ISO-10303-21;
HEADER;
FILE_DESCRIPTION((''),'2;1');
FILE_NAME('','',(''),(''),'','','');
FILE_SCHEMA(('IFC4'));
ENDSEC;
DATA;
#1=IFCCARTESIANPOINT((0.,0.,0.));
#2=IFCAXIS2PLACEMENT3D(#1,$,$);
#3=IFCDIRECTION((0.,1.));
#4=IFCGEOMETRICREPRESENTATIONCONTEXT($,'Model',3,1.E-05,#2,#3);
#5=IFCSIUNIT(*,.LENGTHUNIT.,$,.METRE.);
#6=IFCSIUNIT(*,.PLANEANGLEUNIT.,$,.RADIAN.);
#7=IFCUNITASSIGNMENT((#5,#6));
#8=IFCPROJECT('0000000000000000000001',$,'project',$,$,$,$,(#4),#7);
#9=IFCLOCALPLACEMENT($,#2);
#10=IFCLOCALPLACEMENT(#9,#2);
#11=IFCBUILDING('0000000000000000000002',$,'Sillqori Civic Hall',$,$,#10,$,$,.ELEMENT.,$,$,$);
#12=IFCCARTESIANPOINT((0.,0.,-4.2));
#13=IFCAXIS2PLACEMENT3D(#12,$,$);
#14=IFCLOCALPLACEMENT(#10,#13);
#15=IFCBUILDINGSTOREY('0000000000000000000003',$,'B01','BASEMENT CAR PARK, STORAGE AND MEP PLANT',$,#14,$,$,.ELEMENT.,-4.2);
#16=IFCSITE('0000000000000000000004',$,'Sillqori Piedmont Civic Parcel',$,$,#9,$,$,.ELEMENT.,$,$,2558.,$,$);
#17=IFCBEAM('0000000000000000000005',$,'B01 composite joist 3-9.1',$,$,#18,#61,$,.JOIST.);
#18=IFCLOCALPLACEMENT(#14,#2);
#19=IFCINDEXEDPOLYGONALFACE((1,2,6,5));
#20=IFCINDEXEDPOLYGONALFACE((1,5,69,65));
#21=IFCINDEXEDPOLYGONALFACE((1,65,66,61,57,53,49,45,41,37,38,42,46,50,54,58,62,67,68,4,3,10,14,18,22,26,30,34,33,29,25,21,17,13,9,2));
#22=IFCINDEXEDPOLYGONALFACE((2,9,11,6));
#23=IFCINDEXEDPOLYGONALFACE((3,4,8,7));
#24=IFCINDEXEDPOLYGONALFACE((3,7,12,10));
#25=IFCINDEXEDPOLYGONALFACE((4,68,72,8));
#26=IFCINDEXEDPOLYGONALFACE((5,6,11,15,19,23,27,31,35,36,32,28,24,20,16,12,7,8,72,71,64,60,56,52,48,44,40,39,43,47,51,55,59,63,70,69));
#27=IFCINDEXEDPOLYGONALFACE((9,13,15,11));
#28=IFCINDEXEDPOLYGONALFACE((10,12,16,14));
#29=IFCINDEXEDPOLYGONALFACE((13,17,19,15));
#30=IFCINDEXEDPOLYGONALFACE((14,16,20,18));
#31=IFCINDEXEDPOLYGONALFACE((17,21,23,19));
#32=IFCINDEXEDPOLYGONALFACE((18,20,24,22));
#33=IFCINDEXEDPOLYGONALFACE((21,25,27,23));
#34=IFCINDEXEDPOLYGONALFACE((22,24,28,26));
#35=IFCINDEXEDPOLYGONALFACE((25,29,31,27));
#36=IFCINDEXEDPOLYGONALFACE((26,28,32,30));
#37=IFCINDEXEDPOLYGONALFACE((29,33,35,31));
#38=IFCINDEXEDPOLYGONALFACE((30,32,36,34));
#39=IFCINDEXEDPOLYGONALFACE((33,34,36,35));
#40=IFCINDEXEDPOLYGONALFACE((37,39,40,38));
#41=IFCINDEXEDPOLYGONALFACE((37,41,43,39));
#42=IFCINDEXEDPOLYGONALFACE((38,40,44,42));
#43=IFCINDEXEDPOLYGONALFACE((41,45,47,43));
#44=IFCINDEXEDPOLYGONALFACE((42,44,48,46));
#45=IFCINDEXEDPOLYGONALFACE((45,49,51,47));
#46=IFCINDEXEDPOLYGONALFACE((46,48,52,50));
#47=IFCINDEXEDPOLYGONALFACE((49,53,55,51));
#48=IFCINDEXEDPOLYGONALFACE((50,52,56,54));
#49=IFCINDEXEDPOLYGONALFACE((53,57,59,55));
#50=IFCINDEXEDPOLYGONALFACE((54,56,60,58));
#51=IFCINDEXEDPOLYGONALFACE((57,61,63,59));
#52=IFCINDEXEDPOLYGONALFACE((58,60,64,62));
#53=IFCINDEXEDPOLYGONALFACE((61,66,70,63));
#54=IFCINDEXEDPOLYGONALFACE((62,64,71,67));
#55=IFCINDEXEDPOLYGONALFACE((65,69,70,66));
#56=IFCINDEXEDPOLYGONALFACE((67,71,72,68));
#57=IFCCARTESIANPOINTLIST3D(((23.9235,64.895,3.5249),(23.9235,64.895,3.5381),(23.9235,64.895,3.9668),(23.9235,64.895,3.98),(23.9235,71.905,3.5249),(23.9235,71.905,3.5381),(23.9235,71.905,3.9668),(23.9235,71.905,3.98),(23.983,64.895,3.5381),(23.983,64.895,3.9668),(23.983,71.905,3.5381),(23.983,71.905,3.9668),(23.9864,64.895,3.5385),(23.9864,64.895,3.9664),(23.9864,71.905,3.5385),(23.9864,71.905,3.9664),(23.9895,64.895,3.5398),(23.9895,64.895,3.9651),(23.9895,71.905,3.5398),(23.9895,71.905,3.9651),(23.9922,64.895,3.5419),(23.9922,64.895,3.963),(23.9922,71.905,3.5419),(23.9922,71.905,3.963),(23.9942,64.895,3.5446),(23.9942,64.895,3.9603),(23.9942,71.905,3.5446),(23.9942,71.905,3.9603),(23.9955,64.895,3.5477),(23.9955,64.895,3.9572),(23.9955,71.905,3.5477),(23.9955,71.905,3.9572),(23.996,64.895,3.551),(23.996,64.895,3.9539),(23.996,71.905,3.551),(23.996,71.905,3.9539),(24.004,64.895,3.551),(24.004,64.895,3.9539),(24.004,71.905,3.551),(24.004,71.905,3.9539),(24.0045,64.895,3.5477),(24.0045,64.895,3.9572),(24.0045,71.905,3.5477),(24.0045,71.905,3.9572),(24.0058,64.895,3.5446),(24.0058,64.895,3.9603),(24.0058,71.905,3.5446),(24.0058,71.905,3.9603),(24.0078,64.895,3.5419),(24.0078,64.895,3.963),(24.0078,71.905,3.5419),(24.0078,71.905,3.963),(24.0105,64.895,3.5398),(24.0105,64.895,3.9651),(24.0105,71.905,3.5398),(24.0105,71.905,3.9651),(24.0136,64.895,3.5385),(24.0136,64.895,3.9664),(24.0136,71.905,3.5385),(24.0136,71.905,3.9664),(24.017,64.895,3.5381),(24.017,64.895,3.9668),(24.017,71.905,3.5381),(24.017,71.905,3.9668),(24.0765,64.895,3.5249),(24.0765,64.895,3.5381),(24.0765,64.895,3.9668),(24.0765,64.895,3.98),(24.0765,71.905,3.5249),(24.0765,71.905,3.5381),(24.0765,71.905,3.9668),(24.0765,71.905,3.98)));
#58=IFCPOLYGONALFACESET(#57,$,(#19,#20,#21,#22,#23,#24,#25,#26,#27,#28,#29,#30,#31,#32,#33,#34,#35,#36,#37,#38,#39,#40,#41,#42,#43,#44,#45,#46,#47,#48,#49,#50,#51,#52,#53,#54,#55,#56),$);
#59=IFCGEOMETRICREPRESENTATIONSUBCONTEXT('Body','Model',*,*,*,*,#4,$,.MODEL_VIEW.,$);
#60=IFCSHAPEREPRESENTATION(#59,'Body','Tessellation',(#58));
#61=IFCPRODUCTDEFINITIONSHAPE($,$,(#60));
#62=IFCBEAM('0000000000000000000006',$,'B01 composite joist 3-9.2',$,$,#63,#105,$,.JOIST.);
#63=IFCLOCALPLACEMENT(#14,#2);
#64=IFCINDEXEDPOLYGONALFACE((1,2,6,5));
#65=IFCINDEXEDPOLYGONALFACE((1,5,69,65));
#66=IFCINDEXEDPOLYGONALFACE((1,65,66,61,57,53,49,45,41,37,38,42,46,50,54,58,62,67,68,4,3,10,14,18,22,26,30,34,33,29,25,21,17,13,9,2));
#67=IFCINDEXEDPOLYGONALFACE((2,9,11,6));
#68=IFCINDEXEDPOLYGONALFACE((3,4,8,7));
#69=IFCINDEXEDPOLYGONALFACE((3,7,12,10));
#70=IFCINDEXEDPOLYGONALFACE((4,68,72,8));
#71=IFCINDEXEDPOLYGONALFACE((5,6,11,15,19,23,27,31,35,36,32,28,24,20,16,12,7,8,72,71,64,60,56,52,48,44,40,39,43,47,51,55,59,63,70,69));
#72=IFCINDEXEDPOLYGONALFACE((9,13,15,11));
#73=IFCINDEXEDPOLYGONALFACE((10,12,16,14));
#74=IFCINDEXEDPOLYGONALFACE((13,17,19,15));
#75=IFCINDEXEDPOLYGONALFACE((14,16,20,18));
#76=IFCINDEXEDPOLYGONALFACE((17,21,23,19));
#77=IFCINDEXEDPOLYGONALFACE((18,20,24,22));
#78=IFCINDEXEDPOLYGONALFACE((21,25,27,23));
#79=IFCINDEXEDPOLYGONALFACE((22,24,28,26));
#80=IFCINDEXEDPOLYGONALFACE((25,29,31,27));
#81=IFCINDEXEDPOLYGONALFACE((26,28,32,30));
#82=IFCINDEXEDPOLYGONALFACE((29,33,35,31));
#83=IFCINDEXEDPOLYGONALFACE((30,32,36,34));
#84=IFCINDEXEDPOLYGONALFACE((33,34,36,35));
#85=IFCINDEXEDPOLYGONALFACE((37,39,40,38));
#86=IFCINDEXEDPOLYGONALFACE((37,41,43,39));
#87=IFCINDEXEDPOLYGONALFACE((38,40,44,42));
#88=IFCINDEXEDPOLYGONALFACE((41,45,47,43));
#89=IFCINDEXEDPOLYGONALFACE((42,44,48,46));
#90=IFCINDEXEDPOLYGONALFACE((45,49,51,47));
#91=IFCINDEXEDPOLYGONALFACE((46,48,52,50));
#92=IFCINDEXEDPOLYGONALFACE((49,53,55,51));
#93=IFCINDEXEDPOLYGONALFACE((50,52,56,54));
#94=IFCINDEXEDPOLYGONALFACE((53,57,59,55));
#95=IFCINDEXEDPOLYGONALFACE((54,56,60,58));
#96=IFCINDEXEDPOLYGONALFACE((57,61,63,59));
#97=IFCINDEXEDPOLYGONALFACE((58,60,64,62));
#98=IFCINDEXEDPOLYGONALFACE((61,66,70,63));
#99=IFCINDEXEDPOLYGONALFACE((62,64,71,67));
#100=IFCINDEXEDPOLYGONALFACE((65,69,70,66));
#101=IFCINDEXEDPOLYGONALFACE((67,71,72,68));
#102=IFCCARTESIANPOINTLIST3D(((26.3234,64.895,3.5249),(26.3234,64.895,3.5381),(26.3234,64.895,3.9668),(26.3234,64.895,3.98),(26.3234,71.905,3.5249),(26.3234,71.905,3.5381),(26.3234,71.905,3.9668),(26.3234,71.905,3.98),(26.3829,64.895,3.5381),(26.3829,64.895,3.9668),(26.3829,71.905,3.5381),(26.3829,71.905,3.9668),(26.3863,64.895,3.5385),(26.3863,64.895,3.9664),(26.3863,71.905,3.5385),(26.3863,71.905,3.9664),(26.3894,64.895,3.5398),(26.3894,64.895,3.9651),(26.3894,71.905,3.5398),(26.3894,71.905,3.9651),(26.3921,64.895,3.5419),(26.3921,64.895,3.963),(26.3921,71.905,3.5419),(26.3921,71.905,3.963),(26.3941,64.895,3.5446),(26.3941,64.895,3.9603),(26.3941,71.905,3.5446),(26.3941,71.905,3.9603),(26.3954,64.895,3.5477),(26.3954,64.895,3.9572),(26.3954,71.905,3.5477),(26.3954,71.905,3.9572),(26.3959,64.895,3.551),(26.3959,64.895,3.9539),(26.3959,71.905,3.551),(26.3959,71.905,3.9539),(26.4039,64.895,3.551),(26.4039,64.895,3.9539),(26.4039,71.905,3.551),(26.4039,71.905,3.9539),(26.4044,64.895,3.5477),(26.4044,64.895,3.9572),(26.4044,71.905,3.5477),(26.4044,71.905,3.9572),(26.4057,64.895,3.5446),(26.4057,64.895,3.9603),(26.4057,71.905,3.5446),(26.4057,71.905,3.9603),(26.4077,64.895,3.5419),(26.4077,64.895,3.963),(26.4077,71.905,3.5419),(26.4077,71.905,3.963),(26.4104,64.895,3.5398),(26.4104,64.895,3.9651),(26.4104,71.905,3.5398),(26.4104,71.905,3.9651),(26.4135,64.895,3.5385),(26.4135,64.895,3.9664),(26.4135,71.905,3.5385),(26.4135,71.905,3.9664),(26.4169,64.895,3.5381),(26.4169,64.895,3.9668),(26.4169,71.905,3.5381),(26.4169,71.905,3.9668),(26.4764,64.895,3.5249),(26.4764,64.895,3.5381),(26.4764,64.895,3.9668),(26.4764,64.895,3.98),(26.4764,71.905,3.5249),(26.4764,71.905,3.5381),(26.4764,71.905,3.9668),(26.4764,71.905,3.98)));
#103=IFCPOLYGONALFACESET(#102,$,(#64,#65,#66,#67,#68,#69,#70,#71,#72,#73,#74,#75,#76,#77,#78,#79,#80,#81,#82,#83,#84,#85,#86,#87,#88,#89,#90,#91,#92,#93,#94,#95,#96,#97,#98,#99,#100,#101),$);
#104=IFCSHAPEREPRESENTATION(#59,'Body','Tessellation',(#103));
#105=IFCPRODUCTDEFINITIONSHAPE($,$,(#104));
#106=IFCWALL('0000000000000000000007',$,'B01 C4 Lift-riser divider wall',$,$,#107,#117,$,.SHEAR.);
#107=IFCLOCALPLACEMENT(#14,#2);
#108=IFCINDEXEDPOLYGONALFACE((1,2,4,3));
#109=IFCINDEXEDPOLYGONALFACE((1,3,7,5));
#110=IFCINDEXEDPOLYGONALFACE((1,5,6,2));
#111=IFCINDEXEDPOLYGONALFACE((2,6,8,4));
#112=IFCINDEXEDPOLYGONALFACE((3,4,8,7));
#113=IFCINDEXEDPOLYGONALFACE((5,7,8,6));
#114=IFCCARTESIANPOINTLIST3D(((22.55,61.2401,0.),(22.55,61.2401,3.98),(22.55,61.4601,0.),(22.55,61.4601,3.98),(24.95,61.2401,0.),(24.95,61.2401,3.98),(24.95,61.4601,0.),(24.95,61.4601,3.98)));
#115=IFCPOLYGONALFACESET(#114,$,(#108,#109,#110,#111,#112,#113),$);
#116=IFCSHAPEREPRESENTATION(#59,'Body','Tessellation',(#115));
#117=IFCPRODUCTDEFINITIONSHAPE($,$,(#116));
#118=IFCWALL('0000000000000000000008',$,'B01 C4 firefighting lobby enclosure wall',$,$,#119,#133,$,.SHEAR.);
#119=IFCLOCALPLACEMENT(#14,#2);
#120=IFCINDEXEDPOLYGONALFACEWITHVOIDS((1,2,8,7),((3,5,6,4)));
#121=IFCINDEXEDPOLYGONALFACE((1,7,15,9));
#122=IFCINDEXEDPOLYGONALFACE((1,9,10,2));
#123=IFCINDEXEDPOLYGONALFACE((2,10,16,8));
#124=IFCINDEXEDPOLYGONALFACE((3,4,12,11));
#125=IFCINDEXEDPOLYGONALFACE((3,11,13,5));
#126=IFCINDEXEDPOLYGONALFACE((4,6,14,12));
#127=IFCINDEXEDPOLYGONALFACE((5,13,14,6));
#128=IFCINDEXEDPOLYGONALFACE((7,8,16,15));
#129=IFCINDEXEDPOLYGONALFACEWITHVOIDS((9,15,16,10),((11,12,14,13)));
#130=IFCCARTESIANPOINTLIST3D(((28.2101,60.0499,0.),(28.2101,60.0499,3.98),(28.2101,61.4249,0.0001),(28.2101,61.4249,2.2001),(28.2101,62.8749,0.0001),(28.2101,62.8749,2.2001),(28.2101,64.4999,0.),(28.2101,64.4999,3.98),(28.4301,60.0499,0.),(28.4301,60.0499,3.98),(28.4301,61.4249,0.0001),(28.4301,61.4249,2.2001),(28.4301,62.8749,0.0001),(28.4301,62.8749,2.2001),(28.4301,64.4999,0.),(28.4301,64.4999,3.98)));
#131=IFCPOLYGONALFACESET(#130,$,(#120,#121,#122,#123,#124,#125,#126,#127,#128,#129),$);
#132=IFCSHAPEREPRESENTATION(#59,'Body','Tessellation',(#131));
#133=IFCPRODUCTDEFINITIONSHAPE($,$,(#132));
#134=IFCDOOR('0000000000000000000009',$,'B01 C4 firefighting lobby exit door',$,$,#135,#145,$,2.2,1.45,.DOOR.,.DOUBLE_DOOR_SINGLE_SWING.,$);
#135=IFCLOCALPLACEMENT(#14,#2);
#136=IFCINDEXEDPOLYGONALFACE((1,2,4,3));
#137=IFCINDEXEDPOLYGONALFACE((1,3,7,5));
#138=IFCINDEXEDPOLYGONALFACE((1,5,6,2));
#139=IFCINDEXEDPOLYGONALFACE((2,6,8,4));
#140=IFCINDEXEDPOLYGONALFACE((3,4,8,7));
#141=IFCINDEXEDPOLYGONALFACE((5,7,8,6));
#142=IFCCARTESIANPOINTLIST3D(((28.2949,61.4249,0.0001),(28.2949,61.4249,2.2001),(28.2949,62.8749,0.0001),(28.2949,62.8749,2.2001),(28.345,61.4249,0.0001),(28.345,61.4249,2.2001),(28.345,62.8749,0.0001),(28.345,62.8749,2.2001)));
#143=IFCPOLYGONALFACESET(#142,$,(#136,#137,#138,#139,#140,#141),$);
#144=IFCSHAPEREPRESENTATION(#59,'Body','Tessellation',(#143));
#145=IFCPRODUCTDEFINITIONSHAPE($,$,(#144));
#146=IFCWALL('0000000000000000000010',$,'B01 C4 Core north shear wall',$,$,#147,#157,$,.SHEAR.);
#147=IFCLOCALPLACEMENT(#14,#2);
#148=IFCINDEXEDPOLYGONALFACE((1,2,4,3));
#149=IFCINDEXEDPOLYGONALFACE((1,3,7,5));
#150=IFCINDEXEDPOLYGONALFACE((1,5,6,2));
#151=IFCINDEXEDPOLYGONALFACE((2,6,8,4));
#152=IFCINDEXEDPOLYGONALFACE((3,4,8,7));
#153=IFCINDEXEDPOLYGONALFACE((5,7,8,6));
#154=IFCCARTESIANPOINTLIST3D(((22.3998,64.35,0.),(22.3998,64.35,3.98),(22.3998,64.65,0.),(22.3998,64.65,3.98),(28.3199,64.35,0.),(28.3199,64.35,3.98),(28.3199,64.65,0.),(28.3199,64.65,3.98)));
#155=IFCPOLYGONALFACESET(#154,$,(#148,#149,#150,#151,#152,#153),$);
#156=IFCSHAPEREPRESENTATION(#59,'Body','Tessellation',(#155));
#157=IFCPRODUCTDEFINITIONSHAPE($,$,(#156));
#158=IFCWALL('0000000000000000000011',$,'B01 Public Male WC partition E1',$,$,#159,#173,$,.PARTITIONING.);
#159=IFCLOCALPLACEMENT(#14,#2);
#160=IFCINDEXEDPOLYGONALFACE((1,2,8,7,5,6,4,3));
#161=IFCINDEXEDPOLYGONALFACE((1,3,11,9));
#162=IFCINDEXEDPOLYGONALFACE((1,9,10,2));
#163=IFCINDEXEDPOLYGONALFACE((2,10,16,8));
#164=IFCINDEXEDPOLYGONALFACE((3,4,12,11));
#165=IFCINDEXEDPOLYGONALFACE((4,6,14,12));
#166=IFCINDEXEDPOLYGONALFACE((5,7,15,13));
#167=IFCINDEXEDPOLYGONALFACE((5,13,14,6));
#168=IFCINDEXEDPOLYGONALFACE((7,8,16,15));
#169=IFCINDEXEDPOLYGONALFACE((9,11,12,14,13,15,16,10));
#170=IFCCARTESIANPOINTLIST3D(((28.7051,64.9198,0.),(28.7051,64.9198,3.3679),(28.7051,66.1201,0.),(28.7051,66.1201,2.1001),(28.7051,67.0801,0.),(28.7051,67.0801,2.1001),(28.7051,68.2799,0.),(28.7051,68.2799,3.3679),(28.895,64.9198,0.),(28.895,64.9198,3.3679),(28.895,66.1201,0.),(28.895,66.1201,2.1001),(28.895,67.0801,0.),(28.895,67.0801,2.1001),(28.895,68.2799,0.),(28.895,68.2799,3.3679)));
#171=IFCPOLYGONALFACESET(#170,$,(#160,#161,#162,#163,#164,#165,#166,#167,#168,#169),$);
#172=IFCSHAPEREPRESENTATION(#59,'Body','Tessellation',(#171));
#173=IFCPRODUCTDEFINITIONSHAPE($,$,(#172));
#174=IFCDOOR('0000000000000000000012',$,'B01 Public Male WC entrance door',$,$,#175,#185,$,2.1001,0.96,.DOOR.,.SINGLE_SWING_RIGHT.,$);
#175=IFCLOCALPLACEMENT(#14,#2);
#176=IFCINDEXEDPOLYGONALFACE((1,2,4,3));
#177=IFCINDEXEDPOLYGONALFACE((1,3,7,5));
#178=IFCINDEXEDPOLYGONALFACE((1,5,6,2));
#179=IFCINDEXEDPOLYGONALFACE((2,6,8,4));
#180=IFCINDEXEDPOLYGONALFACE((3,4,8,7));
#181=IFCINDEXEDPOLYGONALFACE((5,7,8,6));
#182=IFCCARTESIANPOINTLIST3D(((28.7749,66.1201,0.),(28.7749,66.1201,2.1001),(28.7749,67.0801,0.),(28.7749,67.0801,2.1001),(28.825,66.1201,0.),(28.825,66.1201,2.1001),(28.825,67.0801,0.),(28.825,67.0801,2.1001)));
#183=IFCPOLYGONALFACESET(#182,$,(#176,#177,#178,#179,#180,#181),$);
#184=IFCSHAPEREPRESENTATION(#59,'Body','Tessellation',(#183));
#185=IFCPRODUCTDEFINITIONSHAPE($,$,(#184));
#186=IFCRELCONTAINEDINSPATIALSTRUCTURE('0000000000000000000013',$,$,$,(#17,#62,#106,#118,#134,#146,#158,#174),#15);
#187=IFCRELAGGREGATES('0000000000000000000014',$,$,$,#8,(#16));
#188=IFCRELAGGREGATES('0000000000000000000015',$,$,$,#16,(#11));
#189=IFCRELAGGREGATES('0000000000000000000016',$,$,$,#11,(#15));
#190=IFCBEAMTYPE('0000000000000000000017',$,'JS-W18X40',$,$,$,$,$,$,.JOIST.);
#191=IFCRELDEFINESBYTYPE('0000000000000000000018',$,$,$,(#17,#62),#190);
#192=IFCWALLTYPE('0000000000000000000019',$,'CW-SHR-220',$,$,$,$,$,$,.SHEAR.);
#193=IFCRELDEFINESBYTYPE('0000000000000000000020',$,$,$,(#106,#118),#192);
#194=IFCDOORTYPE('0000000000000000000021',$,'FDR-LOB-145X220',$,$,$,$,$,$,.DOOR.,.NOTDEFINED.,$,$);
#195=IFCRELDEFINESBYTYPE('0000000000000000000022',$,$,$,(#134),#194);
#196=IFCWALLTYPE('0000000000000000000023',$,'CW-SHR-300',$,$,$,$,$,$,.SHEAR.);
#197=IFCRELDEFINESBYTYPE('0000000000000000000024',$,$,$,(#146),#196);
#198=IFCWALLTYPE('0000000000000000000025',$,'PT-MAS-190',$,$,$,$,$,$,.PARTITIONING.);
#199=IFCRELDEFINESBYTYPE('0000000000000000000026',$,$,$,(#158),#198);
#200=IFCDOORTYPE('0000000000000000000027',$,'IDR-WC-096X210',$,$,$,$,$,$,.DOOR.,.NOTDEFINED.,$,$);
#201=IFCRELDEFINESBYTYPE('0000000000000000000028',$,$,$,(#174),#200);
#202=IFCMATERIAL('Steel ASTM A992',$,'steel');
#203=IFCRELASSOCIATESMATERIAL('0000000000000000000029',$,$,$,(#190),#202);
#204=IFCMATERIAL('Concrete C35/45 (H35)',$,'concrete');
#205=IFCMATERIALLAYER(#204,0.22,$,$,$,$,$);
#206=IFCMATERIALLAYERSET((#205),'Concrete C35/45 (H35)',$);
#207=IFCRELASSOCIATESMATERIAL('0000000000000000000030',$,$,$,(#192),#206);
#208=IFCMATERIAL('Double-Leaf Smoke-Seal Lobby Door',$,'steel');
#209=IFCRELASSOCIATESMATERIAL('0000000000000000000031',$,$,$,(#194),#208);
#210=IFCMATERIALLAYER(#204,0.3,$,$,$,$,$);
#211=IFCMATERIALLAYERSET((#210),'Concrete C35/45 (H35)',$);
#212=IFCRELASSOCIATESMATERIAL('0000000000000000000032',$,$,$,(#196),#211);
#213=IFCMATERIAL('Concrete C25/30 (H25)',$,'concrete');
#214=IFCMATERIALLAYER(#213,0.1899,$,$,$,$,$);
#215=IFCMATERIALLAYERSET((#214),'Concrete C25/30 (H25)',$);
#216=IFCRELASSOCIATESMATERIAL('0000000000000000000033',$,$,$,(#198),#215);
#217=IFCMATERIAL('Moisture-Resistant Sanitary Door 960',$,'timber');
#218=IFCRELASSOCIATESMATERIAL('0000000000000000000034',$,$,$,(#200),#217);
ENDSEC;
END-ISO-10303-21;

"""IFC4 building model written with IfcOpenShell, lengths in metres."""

from ifc_helpers import new_model, si_unit, direction, frame, frame_2d, origin, origin_2d, place, context, subcontext, project, spatial, rectangle, i_section, extrude, material, layer, layer_set, material_profile, profile_set, type_object, element, fill, save


model = new_model("IFC4")

# Units and contexts
model_context = context("Model", 3, precision=1e-05, world=origin(), true_north=direction((0.0, 1.0)))
body_context = subcontext(model_context, "Body", "Model", "MODEL_VIEW")
ifc_project = project(units=[si_unit("LENGTHUNIT", "METRE"), si_unit("PLANEANGLEUNIT", "RADIAN")], contexts=[model_context])

# Site, building, storey
site_placement = place(None, origin())
site = spatial("IfcSite", under=ifc_project, at=site_placement, Name="Sillqori Piedmont Civic Parcel", CompositionType="ELEMENT", RefElevation=2558.0)
building_placement = place(site_placement, origin())
building = spatial("IfcBuilding", under=site, at=building_placement, Name="Sillqori Civic Hall", CompositionType="ELEMENT")
storey_placement = place(building_placement, frame((0.0, 0.0, -4.2)))
storey = spatial("IfcBuildingStorey", under=building, at=storey_placement, Name="B01", Description="BASEMENT CAR PARK, STORAGE AND MEP PLANT", CompositionType="ELEMENT", Elevation=-4.2)

# Shared definitions
ifc_material_1 = material(Name="Concrete C35/45 (H35)", Category="concrete")

# Shared definitions
ifc_material_2 = material(Name="Steel ASTM A992", Category="steel")

# Beams
ifc_material_profile_1 = material_profile(ifc_material_2, i_section(OverallWidth=0.1531, OverallDepth=0.4551, WebThickness=0.0081, FlangeThickness=0.0132, FilletRadius=0.0129, at=origin_2d()), Name="W18X40")
ifc_profile_set_1 = profile_set([ifc_material_profile_1], Name="Steel ASTM A992")
beam_type_1 = type_object("IfcBeamType", Name="JS-W18X40", PredefinedType="JOIST", material=ifc_profile_set_1)
for number, where, z_axis, x_axis, name in (
    (1, (24.0, 64.895, 3.7524), (0.0, 1.0, 0.0), (-1.0, 0.0, 0.0), "B01 composite joist 3-9.1"),
    (2, (26.3999, 64.895, 3.7524), (0.0, 1.0, 0.0), (-1.0, 0.0, 0.0), "B01 composite joist 3-9.2"),
):
    element("IfcBeam", number, at=place(storey_placement, frame(where, z_axis=z_axis, x_axis=x_axis)), inside=storey, type_object=beam_type_1, Name=name, PredefinedType="JOIST", context=body_context, shape_type="SweptSolid", body=[
        extrude(i_section(OverallWidth=0.1531, OverallDepth=0.4551, WebThickness=0.0081, FlangeThickness=0.0132, FilletRadius=0.0129, at=origin_2d()), origin(), (0.0, 0.0, 1.0), 7.01),
    ])

# Wall
ifc_layer_1 = layer(ifc_material_1, 0.22)
ifc_layer_set_1 = layer_set([ifc_layer_1], Name="Concrete C35/45 (H35)")
wall_type_1 = type_object("IfcWallType", Name="CW-SHR-220", PredefinedType="SHEAR", material=ifc_layer_set_1)
wall_1_placement = place(storey_placement, frame((22.55, 61.3501, 0.0), z_axis=(0.0, 0.0, 1.0), x_axis=(1.0, 0.0, 0.0)))
element("IfcWall", 3, at=wall_1_placement, inside=storey, type_object=wall_type_1, Name="B01 C4 Lift-riser divider wall", PredefinedType="SHEAR", context=body_context, shape_type="SweptSolid", body=[
    extrude(rectangle(XDim=2.3999, YDim=0.22, at=frame_2d((1.2, 0.0))), origin(), (0.0, 0.0, 1.0), 3.98),
])

# Wall, opening, door
wall_2_placement = place(storey_placement, frame((28.3201, 64.5, 0.0), z_axis=(0.0, 0.0, 1.0), x_axis=(0.0, -1.0, 0.0)))
wall_2 = element("IfcWall", 4, at=wall_2_placement, inside=storey, type_object=wall_type_1, Name="B01 C4 firefighting lobby enclosure wall", PredefinedType="SHEAR", context=body_context, shape_type="SweptSolid", body=[
    extrude(rectangle(XDim=4.45, YDim=0.22, at=frame_2d((2.2251, 0.0))), origin(), (0.0, 0.0, 1.0), 3.98),
])
opening_1_placement = place(wall_2_placement, frame((1.625, 0.0, 0.0)))
opening_1 = element("IfcOpeningElement", 5, at=opening_1_placement, cuts=wall_2, PredefinedType="OPENING", context=body_context, shape_type="SweptSolid", body=[
    extrude(rectangle(XDim=1.45, YDim=2.2, at=frame_2d((0.7251, 1.1001))), frame((0.0, 0.1199, 0.0), z_axis=(0.0, -1.0, 0.0), x_axis=(1.0, 0.0, 0.0)), (0.0, 0.0, 1.0), 0.24),
])
ifc_material_3 = material(Name="Double-Leaf Smoke-Seal Lobby Door", Category="steel")
door_type_1 = type_object("IfcDoorType", Name="FDR-LOB-145X220", OperationType="NOTDEFINED", PredefinedType="DOOR", material=ifc_material_3)
door_1_placement = place(opening_1_placement, origin())
door_1 = element("IfcDoor", 6, at=door_1_placement, inside=storey, type_object=door_type_1, Name="B01 C4 firefighting lobby exit door", OperationType="DOUBLE_DOOR_SINGLE_SWING", OverallHeight=2.2, OverallWidth=1.45, PredefinedType="DOOR", context=body_context, shape_type="SweptSolid", body=[
    extrude(rectangle(XDim=1.45, YDim=2.2, at=frame_2d((0.7251, 1.1001))), frame((0.0, 0.0249, 0.0), z_axis=(0.0, -1.0, 0.0), x_axis=(1.0, 0.0, 0.0)), (0.0, 0.0, 1.0), 0.05),
])
fill(opening_1, door_1)

# Wall
ifc_layer_2 = layer(ifc_material_1, 0.3)
ifc_layer_set_2 = layer_set([ifc_layer_2], Name="Concrete C35/45 (H35)")
wall_type_2 = type_object("IfcWallType", Name="CW-SHR-300", PredefinedType="SHEAR", material=ifc_layer_set_2)
wall_3_placement = place(storey_placement, frame((22.3999, 64.5, 0.0), z_axis=(0.0, 0.0, 1.0), x_axis=(1.0, 0.0, 0.0)))
element("IfcWall", 7, at=wall_3_placement, inside=storey, type_object=wall_type_2, Name="B01 C4 Core north shear wall", PredefinedType="SHEAR", context=body_context, shape_type="SweptSolid", body=[
    extrude(rectangle(XDim=5.9202, YDim=0.3, at=frame_2d((2.96, 0.0))), origin(), (0.0, 0.0, 1.0), 3.98),
])

# Wall, opening, door
ifc_material_4 = material(Name="Concrete C25/30 (H25)", Category="concrete")
ifc_layer_3 = layer(ifc_material_4, 0.1899)
ifc_layer_set_3 = layer_set([ifc_layer_3], Name="Concrete C25/30 (H25)")
wall_type_3 = type_object("IfcWallType", Name="PT-MAS-190", PredefinedType="PARTITIONING", material=ifc_layer_set_3)
wall_4_placement = place(storey_placement, frame((28.8, 68.28, 0.0), z_axis=(0.0, 0.0, 1.0), x_axis=(0.0, -1.0, 0.0)))
wall_4 = element("IfcWall", 8, at=wall_4_placement, inside=storey, type_object=wall_type_3, Name="B01 Public Male WC partition E1", PredefinedType="PARTITIONING", context=body_context, shape_type="SweptSolid", body=[
    extrude(rectangle(XDim=3.3601, YDim=0.1899, at=frame_2d((1.6802, 0.0))), origin(), (0.0, 0.0, 1.0), 3.3679),
])
opening_2_placement = place(wall_4_placement, frame((1.2, 0.0, 0.0)))
opening_2 = element("IfcOpeningElement", 9, at=opening_2_placement, cuts=wall_4, PredefinedType="OPENING", context=body_context, shape_type="SweptSolid", body=[
    extrude(rectangle(XDim=0.96, YDim=2.1001, at=frame_2d((0.48, 1.05))), frame((0.0, 0.105, 0.0), z_axis=(0.0, -1.0, 0.0), x_axis=(1.0, 0.0, 0.0)), (0.0, 0.0, 1.0), 0.21),
])
ifc_material_5 = material(Name="Moisture-Resistant Sanitary Door 960", Category="timber")
door_type_2 = type_object("IfcDoorType", Name="IDR-WC-096X210", OperationType="NOTDEFINED", PredefinedType="DOOR", material=ifc_material_5)
door_2_placement = place(opening_2_placement, origin())
door_2 = element("IfcDoor", 10, at=door_2_placement, inside=storey, type_object=door_type_2, Name="B01 Public Male WC entrance door", OperationType="SINGLE_SWING_RIGHT", OverallHeight=2.1001, OverallWidth=0.96, PredefinedType="DOOR", context=body_context, shape_type="SweptSolid", body=[
    extrude(rectangle(XDim=0.96, YDim=2.1001, at=frame_2d((0.48, 1.05))), frame((0.0, 0.0249, 0.0), z_axis=(0.0, -1.0, 0.0), x_axis=(1.0, 0.0, 0.0)), (0.0, 0.0, 1.0), 0.05),
])
fill(opening_2, door_2)

save(model, "model.ifc")
